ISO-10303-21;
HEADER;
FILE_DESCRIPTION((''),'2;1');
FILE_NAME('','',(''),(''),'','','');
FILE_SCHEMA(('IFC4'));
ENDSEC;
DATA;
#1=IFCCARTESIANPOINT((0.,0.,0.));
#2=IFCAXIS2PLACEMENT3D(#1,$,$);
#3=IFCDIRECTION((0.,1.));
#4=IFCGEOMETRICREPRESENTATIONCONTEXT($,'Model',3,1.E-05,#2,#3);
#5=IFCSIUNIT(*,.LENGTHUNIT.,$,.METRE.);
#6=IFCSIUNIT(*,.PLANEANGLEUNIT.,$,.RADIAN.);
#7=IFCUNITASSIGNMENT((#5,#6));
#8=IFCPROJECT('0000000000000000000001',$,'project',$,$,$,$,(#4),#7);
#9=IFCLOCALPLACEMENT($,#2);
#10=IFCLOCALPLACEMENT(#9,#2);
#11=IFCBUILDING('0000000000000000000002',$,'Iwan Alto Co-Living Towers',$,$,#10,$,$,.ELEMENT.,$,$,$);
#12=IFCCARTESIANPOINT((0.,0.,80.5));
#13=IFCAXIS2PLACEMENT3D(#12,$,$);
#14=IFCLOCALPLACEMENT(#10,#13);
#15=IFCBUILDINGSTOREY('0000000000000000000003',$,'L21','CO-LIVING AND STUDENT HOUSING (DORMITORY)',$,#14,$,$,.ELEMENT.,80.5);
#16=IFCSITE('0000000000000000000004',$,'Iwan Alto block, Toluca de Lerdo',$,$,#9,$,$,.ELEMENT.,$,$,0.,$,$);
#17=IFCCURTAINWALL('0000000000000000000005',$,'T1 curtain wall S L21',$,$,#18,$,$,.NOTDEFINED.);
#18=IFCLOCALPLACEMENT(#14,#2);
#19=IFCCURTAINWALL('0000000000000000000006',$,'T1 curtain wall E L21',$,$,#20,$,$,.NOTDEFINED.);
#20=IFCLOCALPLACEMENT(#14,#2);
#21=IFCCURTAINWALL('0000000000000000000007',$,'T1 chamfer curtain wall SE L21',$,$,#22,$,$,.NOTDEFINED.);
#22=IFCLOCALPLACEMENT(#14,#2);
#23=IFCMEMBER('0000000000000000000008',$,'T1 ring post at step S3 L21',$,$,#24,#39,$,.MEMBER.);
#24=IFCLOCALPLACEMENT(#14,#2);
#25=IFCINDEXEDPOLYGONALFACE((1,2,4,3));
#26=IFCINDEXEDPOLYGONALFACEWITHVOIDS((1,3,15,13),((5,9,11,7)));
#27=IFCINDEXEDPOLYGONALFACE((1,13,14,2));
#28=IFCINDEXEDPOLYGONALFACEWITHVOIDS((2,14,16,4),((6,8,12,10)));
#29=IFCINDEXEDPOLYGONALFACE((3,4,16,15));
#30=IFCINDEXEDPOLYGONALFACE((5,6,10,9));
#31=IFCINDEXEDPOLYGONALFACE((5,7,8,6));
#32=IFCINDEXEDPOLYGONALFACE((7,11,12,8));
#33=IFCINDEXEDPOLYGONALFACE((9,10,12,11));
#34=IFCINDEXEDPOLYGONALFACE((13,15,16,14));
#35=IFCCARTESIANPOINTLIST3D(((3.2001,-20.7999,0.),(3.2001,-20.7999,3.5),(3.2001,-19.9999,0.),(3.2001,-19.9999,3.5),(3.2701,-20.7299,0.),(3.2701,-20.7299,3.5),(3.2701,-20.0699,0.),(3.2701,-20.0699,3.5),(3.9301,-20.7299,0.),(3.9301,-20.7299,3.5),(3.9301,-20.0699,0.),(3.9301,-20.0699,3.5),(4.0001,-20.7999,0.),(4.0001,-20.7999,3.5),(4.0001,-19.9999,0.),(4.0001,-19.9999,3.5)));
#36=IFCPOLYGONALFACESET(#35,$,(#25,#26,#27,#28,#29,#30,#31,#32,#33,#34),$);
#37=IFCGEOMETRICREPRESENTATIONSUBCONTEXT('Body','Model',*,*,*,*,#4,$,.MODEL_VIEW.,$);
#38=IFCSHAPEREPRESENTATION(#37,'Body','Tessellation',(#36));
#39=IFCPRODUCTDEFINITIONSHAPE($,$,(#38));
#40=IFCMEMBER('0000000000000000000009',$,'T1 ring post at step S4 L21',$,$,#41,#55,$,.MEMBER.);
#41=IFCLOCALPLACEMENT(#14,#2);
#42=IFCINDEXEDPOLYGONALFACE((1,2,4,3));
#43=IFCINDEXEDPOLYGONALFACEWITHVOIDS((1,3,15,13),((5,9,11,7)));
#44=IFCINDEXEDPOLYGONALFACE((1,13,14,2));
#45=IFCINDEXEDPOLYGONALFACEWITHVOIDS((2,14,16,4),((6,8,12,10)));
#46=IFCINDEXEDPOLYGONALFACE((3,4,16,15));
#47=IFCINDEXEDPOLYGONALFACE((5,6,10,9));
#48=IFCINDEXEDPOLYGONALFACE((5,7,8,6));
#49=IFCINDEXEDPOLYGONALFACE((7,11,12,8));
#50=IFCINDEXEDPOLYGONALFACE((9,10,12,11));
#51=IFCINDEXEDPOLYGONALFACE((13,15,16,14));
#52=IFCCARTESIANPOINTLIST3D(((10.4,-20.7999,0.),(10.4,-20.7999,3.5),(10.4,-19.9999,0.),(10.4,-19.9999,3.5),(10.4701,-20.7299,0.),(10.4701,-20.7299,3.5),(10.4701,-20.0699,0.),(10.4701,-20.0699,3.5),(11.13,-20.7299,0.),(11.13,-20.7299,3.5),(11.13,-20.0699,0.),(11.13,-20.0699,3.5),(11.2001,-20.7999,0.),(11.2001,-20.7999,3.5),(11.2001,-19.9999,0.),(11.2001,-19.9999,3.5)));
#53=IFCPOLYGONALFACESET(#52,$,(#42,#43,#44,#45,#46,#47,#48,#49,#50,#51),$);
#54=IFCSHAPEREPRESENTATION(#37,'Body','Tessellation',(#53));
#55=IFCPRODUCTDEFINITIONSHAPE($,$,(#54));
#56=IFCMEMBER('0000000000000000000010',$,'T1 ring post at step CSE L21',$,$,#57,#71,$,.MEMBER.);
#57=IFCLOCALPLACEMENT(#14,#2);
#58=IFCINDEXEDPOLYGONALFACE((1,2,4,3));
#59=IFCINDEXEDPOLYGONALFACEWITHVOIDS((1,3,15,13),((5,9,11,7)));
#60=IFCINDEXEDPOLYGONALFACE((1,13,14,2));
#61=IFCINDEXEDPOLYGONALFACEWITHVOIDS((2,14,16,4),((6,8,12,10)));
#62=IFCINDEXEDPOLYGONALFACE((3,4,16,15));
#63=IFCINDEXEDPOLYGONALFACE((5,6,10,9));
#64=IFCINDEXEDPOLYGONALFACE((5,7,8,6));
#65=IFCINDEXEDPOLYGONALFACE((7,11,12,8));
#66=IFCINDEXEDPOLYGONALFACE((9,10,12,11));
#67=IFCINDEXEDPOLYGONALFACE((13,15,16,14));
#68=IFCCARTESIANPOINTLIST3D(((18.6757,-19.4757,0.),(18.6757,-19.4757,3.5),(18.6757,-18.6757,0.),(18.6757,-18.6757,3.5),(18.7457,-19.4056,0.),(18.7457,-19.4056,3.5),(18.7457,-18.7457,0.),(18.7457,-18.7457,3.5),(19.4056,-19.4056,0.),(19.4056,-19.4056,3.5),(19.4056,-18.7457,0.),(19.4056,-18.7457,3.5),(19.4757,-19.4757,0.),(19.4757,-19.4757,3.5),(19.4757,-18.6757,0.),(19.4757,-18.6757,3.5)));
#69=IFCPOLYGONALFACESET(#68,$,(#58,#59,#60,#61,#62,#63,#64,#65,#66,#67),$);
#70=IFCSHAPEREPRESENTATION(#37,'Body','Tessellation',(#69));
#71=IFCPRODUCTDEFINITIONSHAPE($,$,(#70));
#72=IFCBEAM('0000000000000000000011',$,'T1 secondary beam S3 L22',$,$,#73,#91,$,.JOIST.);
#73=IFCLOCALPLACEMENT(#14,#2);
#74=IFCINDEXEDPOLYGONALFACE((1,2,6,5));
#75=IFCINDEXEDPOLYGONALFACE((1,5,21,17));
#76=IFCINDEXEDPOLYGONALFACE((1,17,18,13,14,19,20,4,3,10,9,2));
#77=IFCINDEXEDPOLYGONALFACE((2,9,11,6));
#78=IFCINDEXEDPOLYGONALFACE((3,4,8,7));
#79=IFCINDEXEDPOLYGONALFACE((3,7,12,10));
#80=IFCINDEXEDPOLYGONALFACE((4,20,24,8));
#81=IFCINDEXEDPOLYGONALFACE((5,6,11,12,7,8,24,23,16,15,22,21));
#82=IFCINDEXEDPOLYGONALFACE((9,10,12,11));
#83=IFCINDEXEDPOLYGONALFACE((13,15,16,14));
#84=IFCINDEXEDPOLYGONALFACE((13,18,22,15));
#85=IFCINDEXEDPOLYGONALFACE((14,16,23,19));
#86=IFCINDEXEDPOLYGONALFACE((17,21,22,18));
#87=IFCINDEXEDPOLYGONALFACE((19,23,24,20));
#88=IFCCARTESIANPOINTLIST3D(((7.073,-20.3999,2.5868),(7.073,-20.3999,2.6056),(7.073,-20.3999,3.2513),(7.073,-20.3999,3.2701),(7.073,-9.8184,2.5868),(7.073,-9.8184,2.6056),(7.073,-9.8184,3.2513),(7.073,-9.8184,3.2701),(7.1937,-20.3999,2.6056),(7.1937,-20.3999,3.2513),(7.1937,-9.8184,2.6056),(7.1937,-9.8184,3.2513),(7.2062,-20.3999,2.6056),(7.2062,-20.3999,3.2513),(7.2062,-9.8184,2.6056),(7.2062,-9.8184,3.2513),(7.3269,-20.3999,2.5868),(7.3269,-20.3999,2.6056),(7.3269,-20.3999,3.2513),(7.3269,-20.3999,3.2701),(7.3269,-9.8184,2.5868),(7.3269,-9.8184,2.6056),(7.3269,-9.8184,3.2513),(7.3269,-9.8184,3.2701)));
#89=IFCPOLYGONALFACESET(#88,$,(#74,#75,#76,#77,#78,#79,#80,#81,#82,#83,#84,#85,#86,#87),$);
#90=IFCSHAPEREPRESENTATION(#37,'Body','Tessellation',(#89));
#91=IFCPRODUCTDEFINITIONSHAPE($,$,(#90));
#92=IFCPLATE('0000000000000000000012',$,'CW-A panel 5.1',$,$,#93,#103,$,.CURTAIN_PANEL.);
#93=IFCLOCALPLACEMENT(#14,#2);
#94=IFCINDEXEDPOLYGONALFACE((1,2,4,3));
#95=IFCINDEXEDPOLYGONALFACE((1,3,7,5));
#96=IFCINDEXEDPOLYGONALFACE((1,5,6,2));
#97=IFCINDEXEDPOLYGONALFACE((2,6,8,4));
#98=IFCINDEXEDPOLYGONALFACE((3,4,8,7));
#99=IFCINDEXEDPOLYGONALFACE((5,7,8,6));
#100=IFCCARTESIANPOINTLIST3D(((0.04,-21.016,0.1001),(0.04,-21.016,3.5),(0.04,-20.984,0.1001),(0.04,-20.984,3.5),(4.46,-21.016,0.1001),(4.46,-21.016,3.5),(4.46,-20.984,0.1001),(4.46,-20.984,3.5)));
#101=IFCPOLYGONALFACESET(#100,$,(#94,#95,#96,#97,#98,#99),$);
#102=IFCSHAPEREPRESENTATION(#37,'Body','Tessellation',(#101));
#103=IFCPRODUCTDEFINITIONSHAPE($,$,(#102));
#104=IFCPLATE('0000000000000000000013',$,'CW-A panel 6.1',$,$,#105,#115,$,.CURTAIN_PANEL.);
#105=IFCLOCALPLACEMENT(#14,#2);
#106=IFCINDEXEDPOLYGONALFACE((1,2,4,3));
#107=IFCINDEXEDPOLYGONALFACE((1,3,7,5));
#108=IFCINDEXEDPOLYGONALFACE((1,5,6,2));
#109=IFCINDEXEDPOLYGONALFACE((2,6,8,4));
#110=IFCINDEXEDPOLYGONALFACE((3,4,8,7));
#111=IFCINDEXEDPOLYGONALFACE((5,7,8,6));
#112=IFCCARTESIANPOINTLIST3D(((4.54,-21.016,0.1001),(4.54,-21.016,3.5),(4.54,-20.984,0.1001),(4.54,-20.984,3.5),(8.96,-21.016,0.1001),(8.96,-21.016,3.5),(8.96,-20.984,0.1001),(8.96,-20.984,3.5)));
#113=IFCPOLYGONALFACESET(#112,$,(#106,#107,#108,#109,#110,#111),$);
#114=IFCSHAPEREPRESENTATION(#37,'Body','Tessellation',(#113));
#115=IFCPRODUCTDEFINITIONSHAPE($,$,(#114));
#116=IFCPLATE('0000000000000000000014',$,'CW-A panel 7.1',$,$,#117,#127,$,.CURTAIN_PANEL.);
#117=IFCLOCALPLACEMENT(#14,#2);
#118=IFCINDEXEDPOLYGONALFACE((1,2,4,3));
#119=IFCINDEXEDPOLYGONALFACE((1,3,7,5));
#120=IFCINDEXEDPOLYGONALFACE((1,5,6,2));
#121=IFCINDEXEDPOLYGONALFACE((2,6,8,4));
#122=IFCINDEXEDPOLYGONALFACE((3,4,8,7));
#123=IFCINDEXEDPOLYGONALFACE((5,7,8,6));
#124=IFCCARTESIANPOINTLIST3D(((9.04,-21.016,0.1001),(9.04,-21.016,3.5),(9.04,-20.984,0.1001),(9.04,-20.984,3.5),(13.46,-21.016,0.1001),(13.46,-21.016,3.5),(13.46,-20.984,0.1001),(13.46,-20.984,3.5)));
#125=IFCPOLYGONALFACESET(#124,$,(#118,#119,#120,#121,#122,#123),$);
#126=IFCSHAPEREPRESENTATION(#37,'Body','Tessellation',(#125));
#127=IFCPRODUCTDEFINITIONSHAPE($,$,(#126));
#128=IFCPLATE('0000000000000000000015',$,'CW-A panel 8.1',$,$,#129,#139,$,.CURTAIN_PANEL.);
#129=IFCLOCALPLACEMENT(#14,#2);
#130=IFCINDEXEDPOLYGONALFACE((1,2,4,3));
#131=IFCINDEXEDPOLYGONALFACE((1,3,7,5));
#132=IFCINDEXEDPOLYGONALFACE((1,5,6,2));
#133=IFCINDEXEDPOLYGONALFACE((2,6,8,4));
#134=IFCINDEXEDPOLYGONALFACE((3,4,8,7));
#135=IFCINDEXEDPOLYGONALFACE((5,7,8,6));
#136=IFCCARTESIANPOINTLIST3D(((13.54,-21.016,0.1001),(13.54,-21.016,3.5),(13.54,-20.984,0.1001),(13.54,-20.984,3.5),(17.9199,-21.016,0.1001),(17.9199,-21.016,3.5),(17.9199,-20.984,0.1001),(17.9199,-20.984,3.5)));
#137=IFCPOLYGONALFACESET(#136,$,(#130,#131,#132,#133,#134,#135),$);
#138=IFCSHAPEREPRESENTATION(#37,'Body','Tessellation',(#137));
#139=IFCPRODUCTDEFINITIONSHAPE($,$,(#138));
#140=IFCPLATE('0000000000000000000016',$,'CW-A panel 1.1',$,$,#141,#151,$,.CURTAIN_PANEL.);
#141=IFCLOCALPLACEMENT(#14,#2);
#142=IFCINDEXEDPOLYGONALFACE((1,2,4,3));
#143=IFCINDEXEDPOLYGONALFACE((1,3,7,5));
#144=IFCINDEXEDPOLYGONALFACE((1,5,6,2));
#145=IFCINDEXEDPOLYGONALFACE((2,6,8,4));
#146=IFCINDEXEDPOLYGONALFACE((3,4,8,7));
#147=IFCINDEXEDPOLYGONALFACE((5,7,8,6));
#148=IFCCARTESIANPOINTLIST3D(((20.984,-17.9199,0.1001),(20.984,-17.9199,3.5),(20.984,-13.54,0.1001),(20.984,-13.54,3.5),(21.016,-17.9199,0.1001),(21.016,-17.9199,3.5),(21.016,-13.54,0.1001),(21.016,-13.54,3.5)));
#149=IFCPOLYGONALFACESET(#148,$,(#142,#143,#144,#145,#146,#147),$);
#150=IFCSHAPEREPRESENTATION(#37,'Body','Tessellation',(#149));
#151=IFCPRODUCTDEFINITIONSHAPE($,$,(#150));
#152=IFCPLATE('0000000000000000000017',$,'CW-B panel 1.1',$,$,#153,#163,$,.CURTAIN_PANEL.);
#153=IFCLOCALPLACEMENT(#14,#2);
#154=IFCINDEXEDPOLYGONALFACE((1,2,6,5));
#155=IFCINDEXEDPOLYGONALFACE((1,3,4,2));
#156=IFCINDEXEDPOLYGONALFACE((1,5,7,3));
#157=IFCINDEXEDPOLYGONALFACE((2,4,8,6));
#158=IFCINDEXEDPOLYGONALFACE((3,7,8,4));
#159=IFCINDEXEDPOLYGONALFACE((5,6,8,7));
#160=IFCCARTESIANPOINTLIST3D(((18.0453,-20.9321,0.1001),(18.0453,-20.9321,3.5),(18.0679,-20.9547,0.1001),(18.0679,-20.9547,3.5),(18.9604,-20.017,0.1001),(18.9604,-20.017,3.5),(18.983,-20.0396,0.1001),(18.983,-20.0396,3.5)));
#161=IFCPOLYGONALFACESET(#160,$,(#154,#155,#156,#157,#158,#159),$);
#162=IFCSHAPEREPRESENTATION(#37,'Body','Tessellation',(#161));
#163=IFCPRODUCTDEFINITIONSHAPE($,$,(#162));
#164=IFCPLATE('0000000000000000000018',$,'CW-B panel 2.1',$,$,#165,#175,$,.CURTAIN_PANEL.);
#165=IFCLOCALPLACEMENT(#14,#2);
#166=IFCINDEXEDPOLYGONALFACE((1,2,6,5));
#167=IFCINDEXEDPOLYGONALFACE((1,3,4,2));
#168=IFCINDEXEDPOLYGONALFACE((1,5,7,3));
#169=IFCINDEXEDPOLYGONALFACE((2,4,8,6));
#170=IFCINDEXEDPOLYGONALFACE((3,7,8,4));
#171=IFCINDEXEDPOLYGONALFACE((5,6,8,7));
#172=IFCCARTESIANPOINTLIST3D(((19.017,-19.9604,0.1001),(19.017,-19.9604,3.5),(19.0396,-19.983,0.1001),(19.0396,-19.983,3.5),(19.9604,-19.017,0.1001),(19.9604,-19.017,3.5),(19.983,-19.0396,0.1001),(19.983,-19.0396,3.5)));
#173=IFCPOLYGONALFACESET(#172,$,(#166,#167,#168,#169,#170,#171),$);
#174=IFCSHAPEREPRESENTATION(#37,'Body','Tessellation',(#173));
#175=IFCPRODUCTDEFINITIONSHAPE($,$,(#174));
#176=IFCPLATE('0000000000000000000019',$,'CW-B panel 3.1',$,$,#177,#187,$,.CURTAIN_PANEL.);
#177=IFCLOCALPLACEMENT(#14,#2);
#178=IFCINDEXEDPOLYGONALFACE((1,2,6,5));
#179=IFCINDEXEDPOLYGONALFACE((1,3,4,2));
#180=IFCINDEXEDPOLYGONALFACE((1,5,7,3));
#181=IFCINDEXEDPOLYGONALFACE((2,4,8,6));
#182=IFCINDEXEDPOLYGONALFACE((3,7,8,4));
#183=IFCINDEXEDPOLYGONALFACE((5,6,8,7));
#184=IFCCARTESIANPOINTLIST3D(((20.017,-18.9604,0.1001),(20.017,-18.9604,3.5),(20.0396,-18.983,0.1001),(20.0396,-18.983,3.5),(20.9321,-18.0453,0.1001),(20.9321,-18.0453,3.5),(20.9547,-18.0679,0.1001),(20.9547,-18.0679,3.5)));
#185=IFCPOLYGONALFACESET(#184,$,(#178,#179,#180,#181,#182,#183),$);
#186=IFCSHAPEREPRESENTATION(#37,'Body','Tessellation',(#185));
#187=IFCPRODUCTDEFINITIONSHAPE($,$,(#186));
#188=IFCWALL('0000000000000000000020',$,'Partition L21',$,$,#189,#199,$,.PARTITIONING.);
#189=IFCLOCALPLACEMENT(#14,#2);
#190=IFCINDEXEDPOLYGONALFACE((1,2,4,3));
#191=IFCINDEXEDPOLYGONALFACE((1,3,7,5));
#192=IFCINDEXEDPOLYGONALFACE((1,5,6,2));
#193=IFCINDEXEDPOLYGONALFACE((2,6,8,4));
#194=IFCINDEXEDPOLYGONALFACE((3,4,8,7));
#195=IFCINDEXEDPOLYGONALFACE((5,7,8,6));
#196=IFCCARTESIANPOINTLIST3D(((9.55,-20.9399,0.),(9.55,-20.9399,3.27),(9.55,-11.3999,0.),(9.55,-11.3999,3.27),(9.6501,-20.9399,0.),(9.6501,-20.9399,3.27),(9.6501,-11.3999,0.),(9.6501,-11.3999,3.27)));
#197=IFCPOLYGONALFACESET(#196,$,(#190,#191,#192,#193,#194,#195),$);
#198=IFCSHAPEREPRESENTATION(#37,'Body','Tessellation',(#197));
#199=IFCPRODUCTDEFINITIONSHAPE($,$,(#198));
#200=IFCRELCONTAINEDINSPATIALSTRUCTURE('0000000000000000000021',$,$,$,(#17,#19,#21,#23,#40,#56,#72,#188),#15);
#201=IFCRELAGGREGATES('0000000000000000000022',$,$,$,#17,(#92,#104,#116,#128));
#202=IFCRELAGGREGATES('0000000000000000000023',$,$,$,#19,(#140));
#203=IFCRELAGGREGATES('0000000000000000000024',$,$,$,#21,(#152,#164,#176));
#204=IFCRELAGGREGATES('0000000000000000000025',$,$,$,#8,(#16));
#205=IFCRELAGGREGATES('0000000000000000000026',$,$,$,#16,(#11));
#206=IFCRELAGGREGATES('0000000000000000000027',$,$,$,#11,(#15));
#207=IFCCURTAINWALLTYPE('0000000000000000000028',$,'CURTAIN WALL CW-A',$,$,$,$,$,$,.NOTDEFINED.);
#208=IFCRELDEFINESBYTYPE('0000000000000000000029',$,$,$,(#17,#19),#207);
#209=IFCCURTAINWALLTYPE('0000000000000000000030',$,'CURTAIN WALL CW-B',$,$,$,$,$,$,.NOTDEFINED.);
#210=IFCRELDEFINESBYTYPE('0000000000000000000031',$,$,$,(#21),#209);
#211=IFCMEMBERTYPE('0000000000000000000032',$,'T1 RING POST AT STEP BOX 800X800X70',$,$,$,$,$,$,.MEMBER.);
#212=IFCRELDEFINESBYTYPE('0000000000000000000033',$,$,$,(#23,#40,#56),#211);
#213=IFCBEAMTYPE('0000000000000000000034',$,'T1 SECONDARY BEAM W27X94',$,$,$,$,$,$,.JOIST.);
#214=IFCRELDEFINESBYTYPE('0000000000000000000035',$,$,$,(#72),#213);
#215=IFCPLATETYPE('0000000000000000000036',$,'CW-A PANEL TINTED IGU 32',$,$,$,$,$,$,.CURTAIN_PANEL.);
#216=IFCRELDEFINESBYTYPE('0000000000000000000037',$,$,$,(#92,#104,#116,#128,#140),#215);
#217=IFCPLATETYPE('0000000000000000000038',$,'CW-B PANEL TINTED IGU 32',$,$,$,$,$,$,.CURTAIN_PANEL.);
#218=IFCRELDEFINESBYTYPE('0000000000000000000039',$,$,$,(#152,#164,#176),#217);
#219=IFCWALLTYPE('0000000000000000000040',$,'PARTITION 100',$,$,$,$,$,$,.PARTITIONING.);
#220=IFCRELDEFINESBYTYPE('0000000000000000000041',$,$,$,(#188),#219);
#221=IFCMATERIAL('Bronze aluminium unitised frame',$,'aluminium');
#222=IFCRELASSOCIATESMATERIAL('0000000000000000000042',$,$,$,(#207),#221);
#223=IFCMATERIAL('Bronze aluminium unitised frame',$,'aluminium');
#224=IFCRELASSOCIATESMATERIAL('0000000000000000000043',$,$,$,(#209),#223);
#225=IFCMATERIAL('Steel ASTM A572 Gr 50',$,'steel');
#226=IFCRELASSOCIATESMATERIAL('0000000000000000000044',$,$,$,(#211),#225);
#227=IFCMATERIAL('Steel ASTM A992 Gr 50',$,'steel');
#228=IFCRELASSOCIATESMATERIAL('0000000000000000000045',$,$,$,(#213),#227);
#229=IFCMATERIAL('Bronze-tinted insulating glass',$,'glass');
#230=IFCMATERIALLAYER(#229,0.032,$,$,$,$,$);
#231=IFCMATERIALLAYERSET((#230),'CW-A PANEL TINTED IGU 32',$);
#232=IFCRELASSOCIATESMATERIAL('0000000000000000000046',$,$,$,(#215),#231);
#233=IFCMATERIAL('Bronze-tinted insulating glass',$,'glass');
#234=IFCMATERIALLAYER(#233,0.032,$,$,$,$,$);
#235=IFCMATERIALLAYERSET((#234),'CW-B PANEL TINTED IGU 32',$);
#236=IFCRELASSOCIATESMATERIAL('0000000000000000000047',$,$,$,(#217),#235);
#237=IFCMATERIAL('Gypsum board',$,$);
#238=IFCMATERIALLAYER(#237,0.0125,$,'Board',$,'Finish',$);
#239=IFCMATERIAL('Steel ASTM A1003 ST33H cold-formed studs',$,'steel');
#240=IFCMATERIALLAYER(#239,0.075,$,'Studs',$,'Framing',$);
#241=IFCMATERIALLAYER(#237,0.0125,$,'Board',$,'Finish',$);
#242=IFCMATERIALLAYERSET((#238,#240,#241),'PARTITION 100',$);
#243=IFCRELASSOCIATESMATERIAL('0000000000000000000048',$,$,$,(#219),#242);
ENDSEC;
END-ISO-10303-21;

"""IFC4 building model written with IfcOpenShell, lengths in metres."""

from ifc_helpers import new_model, si_unit, direction, frame, frame_2d, origin, origin_2d, place, context, subcontext, project, spatial, rectangle, hollow_rectangle, i_section, extrude, material, layer, layer_set, material_profile, profile_set, type_object, element, aggregate, save


model = new_model("IFC4")

# Units and contexts
model_context = context("Model", 3, precision=1e-05, world=origin(), true_north=direction((0.0, 1.0)))
body_context = subcontext(model_context, "Body", "Model", "MODEL_VIEW")
ifc_project = project(units=[si_unit("LENGTHUNIT", "METRE"), si_unit("PLANEANGLEUNIT", "RADIAN")], contexts=[model_context])

# Site, building, storey
site_placement = place(None, origin())
site = spatial("IfcSite", under=ifc_project, at=site_placement, Name="Iwan Alto block, Toluca de Lerdo", CompositionType="ELEMENT", RefElevation=0.0)
building_placement = place(site_placement, origin())
building = spatial("IfcBuilding", under=site, at=building_placement, Name="Iwan Alto Co-Living Towers", CompositionType="ELEMENT")
storey_placement = place(building_placement, frame((0.0, 0.0, 80.5)))
storey = spatial("IfcBuildingStorey", under=building, at=storey_placement, Name="L21", Description="CO-LIVING AND STUDENT HOUSING (DORMITORY)", CompositionType="ELEMENT", Elevation=80.5)

# Curtain wall
ifc_material_1 = material(Name="Bronze aluminium unitised frame", Category="aluminium")
curtain_wall_type_1 = type_object("IfcCurtainWallType", Name="CURTAIN WALL CW-A", PredefinedType="NOTDEFINED", material=ifc_material_1)
curtain_wall_1_placement = place(storey_placement, origin())
curtain_wall_1 = element("IfcCurtainWall", 1, at=curtain_wall_1_placement, inside=storey, type_object=curtain_wall_type_1, Name="T1 curtain wall S L21", PredefinedType="NOTDEFINED")

# Curtain wall
curtain_wall_2_placement = place(storey_placement, origin())
curtain_wall_2 = element("IfcCurtainWall", 2, at=curtain_wall_2_placement, inside=storey, type_object=curtain_wall_type_1, Name="T1 curtain wall E L21", PredefinedType="NOTDEFINED")

# Curtain wall
ifc_material_2 = material(Name="Bronze aluminium unitised frame", Category="aluminium")
curtain_wall_type_2 = type_object("IfcCurtainWallType", Name="CURTAIN WALL CW-B", PredefinedType="NOTDEFINED", material=ifc_material_2)
curtain_wall_3_placement = place(storey_placement, origin())
curtain_wall_3 = element("IfcCurtainWall", 3, at=curtain_wall_3_placement, inside=storey, type_object=curtain_wall_type_2, Name="T1 chamfer curtain wall SE L21", PredefinedType="NOTDEFINED")

# Members
ifc_material_3 = material(Name="Steel ASTM A572 Gr 50", Category="steel")
ifc_material_profile_1 = material_profile(ifc_material_3, hollow_rectangle(XDim=0.8, YDim=0.8, WallThickness=0.0701, at=origin_2d()), Name="BOX 800X800X70")
ifc_profile_set_1 = profile_set([ifc_material_profile_1], Name="Steel ASTM A572 Gr 50")
member_type_1 = type_object("IfcMemberType", Name="T1 RING POST AT STEP BOX 800X800X70", PredefinedType="MEMBER", material=ifc_profile_set_1)
for number, where, z_axis, x_axis, name in (
    (4, (3.6001, -20.3999, 0.0), (0.0, 0.0, 1.0), (1.0, 0.0, 0.0), "T1 ring post at step S3 L21"),
    (5, (10.8, -20.3999, 0.0), (0.0, 0.0, 1.0), (1.0, 0.0, 0.0), "T1 ring post at step S4 L21"),
    (6, (19.0757, -19.0757, 0.0), (0.0, 0.0, 1.0), (1.0, 0.0, 0.0), "T1 ring post at step CSE L21"),
):
    element("IfcMember", number, at=place(storey_placement, frame(where, z_axis=z_axis, x_axis=x_axis)), inside=storey, type_object=member_type_1, Name=name, PredefinedType="MEMBER", context=body_context, shape_type="SweptSolid", body=[
        extrude(hollow_rectangle(XDim=0.8, YDim=0.8, WallThickness=0.0701, at=origin_2d()), origin(), (0.0, 0.0, 1.0), 3.5),
    ])

# Beam
ifc_material_4 = material(Name="Steel ASTM A992 Gr 50", Category="steel")
ifc_material_profile_2 = material_profile(ifc_material_4, i_section(OverallWidth=0.2539, OverallDepth=0.6833, WebThickness=0.0125, FlangeThickness=0.0188, at=origin_2d()), Name="W27X94")
ifc_profile_set_2 = profile_set([ifc_material_profile_2], Name="Steel ASTM A992 Gr 50")
beam_type_1 = type_object("IfcBeamType", Name="T1 SECONDARY BEAM W27X94", PredefinedType="JOIST", material=ifc_profile_set_2)
beam_1_placement = place(storey_placement, frame((7.2, -20.3999, 2.9285), z_axis=(0.0, 1.0, 0.0), x_axis=(-1.0, 0.0, 0.0)))
element("IfcBeam", 7, at=beam_1_placement, inside=storey, type_object=beam_type_1, Name="T1 secondary beam S3 L22", PredefinedType="JOIST", context=body_context, shape_type="SweptSolid", body=[
    extrude(i_section(OverallWidth=0.2539, OverallDepth=0.6833, WebThickness=0.0125, FlangeThickness=0.0188, at=origin_2d()), origin(), (0.0, 0.0, 1.0), 10.5815),
])

# Plates
ifc_material_5 = material(Name="Bronze-tinted insulating glass", Category="glass")
ifc_layer_1 = layer(ifc_material_5, 0.032)
ifc_layer_set_1 = layer_set([ifc_layer_1], Name="CW-A PANEL TINTED IGU 32")
plate_type_1 = type_object("IfcPlateType", Name="CW-A PANEL TINTED IGU 32", PredefinedType="CURTAIN_PANEL", material=ifc_layer_set_1)
plate_1_placement = place(storey_placement, frame((2.25, -21.0, 0.1001), z_axis=(0.0, 0.0, 1.0), x_axis=(1.0, 0.0, 0.0)))
plate_1 = element("IfcPlate", 8, at=plate_1_placement, type_object=plate_type_1, Name="CW-A panel 5.1", PredefinedType="CURTAIN_PANEL", context=body_context, shape_type="SweptSolid", body=[
    extrude(rectangle(XDim=4.4199, YDim=0.032, at=origin_2d()), origin(), (0.0, 0.0, 1.0), 3.3999),
])
plate_2_placement = place(storey_placement, frame((6.75, -21.0, 0.1001), z_axis=(0.0, 0.0, 1.0), x_axis=(1.0, 0.0, 0.0)))
plate_2 = element("IfcPlate", 9, at=plate_2_placement, type_object=plate_type_1, Name="CW-A panel 6.1", PredefinedType="CURTAIN_PANEL", context=body_context, shape_type="SweptSolid", body=[
    extrude(rectangle(XDim=4.4199, YDim=0.032, at=origin_2d()), origin(), (0.0, 0.0, 1.0), 3.3999),
])
plate_3_placement = place(storey_placement, frame((11.25, -21.0, 0.1001), z_axis=(0.0, 0.0, 1.0), x_axis=(1.0, 0.0, 0.0)))
plate_3 = element("IfcPlate", 10, at=plate_3_placement, type_object=plate_type_1, Name="CW-A panel 7.1", PredefinedType="CURTAIN_PANEL", context=body_context, shape_type="SweptSolid", body=[
    extrude(rectangle(XDim=4.4199, YDim=0.032, at=origin_2d()), origin(), (0.0, 0.0, 1.0), 3.3999),
])
plate_4_placement = place(storey_placement, frame((15.73, -21.0, 0.1001), z_axis=(0.0, 0.0, 1.0), x_axis=(1.0, 0.0, 0.0)))
plate_4 = element("IfcPlate", 11, at=plate_4_placement, type_object=plate_type_1, Name="CW-A panel 8.1", PredefinedType="CURTAIN_PANEL", context=body_context, shape_type="SweptSolid", body=[
    extrude(rectangle(XDim=4.3799, YDim=0.032, at=origin_2d()), origin(), (0.0, 0.0, 1.0), 3.3999),
])
aggregate(curtain_wall_1, [plate_1, plate_2, plate_3, plate_4])
plate_5_placement = place(storey_placement, frame((21.0, -15.73, 0.1001), z_axis=(0.0, 0.0, 1.0), x_axis=(0.0, 1.0, 0.0)))
plate_5 = element("IfcPlate", 12, at=plate_5_placement, type_object=plate_type_1, Name="CW-A panel 1.1", PredefinedType="CURTAIN_PANEL", context=body_context, shape_type="SweptSolid", body=[
    extrude(rectangle(XDim=4.3799, YDim=0.032, at=origin_2d()), origin(), (0.0, 0.0, 1.0), 3.3999),
])
aggregate(curtain_wall_2, [plate_5])
ifc_material_6 = material(Name="Bronze-tinted insulating glass", Category="glass")
ifc_layer_2 = layer(ifc_material_6, 0.032)
ifc_layer_set_2 = layer_set([ifc_layer_2], Name="CW-B PANEL TINTED IGU 32")
plate_type_2 = type_object("IfcPlateType", Name="CW-B PANEL TINTED IGU 32", PredefinedType="CURTAIN_PANEL", material=ifc_layer_set_2)
plate_6_placement = place(storey_placement, frame((18.5142, -20.4858, 0.1001), z_axis=(0.0, 0.0, 1.0), x_axis=(0.707107, 0.707107, 0.0)))
plate_6 = element("IfcPlate", 13, at=plate_6_placement, type_object=plate_type_2, Name="CW-B panel 1.1", PredefinedType="CURTAIN_PANEL", context=body_context, shape_type="SweptSolid", body=[
    extrude(rectangle(XDim=1.2942, YDim=0.032, at=origin_2d()), origin(), (0.0, 0.0, 1.0), 3.3999),
])
plate_7_placement = place(storey_placement, frame((19.5, -19.5, 0.1001), z_axis=(0.0, 0.0, 1.0), x_axis=(0.707107, 0.707107, 0.0)))
plate_7 = element("IfcPlate", 14, at=plate_7_placement, type_object=plate_type_2, Name="CW-B panel 2.1", PredefinedType="CURTAIN_PANEL", context=body_context, shape_type="SweptSolid", body=[
    extrude(rectangle(XDim=1.3342, YDim=0.032, at=origin_2d()), origin(), (0.0, 0.0, 1.0), 3.3999),
])
plate_8_placement = place(storey_placement, frame((20.4858, -18.5142, 0.1001), z_axis=(0.0, 0.0, 1.0), x_axis=(0.707107, 0.707107, 0.0)))
plate_8 = element("IfcPlate", 15, at=plate_8_placement, type_object=plate_type_2, Name="CW-B panel 3.1", PredefinedType="CURTAIN_PANEL", context=body_context, shape_type="SweptSolid", body=[
    extrude(rectangle(XDim=1.2942, YDim=0.032, at=origin_2d()), origin(), (0.0, 0.0, 1.0), 3.3999),
])
aggregate(curtain_wall_3, [plate_6, plate_7, plate_8])

# Wall
ifc_material_7 = material(Name="Gypsum board")
ifc_layer_3 = layer(ifc_material_7, 0.0125, Name="Board", Category="Finish")
ifc_material_8 = material(Name="Steel ASTM A1003 ST33H cold-formed studs", Category="steel")
ifc_layer_4 = layer(ifc_material_8, 0.075, Name="Studs", Category="Framing")
ifc_layer_5 = layer(ifc_material_7, 0.0125, Name="Board", Category="Finish")
ifc_layer_set_3 = layer_set([ifc_layer_3, ifc_layer_4, ifc_layer_5], Name="PARTITION 100")
wall_type = type_object("IfcWallType", Name="PARTITION 100", PredefinedType="PARTITIONING", material=ifc_layer_set_3)
wall_placement = place(storey_placement, frame((9.6001, -20.9399, 0.0), z_axis=(0.0, 0.0, 1.0), x_axis=(0.0, 1.0, 0.0)))
element("IfcWall", 16, at=wall_placement, inside=storey, type_object=wall_type, Name="Partition L21", PredefinedType="PARTITIONING", context=body_context, shape_type="SweptSolid", body=[
    extrude(rectangle(XDim=9.54, YDim=0.1001, at=frame_2d((4.77, 0.0))), origin(), (0.0, 0.0, 1.0), 3.27),
])

save(model, "model.ifc")
